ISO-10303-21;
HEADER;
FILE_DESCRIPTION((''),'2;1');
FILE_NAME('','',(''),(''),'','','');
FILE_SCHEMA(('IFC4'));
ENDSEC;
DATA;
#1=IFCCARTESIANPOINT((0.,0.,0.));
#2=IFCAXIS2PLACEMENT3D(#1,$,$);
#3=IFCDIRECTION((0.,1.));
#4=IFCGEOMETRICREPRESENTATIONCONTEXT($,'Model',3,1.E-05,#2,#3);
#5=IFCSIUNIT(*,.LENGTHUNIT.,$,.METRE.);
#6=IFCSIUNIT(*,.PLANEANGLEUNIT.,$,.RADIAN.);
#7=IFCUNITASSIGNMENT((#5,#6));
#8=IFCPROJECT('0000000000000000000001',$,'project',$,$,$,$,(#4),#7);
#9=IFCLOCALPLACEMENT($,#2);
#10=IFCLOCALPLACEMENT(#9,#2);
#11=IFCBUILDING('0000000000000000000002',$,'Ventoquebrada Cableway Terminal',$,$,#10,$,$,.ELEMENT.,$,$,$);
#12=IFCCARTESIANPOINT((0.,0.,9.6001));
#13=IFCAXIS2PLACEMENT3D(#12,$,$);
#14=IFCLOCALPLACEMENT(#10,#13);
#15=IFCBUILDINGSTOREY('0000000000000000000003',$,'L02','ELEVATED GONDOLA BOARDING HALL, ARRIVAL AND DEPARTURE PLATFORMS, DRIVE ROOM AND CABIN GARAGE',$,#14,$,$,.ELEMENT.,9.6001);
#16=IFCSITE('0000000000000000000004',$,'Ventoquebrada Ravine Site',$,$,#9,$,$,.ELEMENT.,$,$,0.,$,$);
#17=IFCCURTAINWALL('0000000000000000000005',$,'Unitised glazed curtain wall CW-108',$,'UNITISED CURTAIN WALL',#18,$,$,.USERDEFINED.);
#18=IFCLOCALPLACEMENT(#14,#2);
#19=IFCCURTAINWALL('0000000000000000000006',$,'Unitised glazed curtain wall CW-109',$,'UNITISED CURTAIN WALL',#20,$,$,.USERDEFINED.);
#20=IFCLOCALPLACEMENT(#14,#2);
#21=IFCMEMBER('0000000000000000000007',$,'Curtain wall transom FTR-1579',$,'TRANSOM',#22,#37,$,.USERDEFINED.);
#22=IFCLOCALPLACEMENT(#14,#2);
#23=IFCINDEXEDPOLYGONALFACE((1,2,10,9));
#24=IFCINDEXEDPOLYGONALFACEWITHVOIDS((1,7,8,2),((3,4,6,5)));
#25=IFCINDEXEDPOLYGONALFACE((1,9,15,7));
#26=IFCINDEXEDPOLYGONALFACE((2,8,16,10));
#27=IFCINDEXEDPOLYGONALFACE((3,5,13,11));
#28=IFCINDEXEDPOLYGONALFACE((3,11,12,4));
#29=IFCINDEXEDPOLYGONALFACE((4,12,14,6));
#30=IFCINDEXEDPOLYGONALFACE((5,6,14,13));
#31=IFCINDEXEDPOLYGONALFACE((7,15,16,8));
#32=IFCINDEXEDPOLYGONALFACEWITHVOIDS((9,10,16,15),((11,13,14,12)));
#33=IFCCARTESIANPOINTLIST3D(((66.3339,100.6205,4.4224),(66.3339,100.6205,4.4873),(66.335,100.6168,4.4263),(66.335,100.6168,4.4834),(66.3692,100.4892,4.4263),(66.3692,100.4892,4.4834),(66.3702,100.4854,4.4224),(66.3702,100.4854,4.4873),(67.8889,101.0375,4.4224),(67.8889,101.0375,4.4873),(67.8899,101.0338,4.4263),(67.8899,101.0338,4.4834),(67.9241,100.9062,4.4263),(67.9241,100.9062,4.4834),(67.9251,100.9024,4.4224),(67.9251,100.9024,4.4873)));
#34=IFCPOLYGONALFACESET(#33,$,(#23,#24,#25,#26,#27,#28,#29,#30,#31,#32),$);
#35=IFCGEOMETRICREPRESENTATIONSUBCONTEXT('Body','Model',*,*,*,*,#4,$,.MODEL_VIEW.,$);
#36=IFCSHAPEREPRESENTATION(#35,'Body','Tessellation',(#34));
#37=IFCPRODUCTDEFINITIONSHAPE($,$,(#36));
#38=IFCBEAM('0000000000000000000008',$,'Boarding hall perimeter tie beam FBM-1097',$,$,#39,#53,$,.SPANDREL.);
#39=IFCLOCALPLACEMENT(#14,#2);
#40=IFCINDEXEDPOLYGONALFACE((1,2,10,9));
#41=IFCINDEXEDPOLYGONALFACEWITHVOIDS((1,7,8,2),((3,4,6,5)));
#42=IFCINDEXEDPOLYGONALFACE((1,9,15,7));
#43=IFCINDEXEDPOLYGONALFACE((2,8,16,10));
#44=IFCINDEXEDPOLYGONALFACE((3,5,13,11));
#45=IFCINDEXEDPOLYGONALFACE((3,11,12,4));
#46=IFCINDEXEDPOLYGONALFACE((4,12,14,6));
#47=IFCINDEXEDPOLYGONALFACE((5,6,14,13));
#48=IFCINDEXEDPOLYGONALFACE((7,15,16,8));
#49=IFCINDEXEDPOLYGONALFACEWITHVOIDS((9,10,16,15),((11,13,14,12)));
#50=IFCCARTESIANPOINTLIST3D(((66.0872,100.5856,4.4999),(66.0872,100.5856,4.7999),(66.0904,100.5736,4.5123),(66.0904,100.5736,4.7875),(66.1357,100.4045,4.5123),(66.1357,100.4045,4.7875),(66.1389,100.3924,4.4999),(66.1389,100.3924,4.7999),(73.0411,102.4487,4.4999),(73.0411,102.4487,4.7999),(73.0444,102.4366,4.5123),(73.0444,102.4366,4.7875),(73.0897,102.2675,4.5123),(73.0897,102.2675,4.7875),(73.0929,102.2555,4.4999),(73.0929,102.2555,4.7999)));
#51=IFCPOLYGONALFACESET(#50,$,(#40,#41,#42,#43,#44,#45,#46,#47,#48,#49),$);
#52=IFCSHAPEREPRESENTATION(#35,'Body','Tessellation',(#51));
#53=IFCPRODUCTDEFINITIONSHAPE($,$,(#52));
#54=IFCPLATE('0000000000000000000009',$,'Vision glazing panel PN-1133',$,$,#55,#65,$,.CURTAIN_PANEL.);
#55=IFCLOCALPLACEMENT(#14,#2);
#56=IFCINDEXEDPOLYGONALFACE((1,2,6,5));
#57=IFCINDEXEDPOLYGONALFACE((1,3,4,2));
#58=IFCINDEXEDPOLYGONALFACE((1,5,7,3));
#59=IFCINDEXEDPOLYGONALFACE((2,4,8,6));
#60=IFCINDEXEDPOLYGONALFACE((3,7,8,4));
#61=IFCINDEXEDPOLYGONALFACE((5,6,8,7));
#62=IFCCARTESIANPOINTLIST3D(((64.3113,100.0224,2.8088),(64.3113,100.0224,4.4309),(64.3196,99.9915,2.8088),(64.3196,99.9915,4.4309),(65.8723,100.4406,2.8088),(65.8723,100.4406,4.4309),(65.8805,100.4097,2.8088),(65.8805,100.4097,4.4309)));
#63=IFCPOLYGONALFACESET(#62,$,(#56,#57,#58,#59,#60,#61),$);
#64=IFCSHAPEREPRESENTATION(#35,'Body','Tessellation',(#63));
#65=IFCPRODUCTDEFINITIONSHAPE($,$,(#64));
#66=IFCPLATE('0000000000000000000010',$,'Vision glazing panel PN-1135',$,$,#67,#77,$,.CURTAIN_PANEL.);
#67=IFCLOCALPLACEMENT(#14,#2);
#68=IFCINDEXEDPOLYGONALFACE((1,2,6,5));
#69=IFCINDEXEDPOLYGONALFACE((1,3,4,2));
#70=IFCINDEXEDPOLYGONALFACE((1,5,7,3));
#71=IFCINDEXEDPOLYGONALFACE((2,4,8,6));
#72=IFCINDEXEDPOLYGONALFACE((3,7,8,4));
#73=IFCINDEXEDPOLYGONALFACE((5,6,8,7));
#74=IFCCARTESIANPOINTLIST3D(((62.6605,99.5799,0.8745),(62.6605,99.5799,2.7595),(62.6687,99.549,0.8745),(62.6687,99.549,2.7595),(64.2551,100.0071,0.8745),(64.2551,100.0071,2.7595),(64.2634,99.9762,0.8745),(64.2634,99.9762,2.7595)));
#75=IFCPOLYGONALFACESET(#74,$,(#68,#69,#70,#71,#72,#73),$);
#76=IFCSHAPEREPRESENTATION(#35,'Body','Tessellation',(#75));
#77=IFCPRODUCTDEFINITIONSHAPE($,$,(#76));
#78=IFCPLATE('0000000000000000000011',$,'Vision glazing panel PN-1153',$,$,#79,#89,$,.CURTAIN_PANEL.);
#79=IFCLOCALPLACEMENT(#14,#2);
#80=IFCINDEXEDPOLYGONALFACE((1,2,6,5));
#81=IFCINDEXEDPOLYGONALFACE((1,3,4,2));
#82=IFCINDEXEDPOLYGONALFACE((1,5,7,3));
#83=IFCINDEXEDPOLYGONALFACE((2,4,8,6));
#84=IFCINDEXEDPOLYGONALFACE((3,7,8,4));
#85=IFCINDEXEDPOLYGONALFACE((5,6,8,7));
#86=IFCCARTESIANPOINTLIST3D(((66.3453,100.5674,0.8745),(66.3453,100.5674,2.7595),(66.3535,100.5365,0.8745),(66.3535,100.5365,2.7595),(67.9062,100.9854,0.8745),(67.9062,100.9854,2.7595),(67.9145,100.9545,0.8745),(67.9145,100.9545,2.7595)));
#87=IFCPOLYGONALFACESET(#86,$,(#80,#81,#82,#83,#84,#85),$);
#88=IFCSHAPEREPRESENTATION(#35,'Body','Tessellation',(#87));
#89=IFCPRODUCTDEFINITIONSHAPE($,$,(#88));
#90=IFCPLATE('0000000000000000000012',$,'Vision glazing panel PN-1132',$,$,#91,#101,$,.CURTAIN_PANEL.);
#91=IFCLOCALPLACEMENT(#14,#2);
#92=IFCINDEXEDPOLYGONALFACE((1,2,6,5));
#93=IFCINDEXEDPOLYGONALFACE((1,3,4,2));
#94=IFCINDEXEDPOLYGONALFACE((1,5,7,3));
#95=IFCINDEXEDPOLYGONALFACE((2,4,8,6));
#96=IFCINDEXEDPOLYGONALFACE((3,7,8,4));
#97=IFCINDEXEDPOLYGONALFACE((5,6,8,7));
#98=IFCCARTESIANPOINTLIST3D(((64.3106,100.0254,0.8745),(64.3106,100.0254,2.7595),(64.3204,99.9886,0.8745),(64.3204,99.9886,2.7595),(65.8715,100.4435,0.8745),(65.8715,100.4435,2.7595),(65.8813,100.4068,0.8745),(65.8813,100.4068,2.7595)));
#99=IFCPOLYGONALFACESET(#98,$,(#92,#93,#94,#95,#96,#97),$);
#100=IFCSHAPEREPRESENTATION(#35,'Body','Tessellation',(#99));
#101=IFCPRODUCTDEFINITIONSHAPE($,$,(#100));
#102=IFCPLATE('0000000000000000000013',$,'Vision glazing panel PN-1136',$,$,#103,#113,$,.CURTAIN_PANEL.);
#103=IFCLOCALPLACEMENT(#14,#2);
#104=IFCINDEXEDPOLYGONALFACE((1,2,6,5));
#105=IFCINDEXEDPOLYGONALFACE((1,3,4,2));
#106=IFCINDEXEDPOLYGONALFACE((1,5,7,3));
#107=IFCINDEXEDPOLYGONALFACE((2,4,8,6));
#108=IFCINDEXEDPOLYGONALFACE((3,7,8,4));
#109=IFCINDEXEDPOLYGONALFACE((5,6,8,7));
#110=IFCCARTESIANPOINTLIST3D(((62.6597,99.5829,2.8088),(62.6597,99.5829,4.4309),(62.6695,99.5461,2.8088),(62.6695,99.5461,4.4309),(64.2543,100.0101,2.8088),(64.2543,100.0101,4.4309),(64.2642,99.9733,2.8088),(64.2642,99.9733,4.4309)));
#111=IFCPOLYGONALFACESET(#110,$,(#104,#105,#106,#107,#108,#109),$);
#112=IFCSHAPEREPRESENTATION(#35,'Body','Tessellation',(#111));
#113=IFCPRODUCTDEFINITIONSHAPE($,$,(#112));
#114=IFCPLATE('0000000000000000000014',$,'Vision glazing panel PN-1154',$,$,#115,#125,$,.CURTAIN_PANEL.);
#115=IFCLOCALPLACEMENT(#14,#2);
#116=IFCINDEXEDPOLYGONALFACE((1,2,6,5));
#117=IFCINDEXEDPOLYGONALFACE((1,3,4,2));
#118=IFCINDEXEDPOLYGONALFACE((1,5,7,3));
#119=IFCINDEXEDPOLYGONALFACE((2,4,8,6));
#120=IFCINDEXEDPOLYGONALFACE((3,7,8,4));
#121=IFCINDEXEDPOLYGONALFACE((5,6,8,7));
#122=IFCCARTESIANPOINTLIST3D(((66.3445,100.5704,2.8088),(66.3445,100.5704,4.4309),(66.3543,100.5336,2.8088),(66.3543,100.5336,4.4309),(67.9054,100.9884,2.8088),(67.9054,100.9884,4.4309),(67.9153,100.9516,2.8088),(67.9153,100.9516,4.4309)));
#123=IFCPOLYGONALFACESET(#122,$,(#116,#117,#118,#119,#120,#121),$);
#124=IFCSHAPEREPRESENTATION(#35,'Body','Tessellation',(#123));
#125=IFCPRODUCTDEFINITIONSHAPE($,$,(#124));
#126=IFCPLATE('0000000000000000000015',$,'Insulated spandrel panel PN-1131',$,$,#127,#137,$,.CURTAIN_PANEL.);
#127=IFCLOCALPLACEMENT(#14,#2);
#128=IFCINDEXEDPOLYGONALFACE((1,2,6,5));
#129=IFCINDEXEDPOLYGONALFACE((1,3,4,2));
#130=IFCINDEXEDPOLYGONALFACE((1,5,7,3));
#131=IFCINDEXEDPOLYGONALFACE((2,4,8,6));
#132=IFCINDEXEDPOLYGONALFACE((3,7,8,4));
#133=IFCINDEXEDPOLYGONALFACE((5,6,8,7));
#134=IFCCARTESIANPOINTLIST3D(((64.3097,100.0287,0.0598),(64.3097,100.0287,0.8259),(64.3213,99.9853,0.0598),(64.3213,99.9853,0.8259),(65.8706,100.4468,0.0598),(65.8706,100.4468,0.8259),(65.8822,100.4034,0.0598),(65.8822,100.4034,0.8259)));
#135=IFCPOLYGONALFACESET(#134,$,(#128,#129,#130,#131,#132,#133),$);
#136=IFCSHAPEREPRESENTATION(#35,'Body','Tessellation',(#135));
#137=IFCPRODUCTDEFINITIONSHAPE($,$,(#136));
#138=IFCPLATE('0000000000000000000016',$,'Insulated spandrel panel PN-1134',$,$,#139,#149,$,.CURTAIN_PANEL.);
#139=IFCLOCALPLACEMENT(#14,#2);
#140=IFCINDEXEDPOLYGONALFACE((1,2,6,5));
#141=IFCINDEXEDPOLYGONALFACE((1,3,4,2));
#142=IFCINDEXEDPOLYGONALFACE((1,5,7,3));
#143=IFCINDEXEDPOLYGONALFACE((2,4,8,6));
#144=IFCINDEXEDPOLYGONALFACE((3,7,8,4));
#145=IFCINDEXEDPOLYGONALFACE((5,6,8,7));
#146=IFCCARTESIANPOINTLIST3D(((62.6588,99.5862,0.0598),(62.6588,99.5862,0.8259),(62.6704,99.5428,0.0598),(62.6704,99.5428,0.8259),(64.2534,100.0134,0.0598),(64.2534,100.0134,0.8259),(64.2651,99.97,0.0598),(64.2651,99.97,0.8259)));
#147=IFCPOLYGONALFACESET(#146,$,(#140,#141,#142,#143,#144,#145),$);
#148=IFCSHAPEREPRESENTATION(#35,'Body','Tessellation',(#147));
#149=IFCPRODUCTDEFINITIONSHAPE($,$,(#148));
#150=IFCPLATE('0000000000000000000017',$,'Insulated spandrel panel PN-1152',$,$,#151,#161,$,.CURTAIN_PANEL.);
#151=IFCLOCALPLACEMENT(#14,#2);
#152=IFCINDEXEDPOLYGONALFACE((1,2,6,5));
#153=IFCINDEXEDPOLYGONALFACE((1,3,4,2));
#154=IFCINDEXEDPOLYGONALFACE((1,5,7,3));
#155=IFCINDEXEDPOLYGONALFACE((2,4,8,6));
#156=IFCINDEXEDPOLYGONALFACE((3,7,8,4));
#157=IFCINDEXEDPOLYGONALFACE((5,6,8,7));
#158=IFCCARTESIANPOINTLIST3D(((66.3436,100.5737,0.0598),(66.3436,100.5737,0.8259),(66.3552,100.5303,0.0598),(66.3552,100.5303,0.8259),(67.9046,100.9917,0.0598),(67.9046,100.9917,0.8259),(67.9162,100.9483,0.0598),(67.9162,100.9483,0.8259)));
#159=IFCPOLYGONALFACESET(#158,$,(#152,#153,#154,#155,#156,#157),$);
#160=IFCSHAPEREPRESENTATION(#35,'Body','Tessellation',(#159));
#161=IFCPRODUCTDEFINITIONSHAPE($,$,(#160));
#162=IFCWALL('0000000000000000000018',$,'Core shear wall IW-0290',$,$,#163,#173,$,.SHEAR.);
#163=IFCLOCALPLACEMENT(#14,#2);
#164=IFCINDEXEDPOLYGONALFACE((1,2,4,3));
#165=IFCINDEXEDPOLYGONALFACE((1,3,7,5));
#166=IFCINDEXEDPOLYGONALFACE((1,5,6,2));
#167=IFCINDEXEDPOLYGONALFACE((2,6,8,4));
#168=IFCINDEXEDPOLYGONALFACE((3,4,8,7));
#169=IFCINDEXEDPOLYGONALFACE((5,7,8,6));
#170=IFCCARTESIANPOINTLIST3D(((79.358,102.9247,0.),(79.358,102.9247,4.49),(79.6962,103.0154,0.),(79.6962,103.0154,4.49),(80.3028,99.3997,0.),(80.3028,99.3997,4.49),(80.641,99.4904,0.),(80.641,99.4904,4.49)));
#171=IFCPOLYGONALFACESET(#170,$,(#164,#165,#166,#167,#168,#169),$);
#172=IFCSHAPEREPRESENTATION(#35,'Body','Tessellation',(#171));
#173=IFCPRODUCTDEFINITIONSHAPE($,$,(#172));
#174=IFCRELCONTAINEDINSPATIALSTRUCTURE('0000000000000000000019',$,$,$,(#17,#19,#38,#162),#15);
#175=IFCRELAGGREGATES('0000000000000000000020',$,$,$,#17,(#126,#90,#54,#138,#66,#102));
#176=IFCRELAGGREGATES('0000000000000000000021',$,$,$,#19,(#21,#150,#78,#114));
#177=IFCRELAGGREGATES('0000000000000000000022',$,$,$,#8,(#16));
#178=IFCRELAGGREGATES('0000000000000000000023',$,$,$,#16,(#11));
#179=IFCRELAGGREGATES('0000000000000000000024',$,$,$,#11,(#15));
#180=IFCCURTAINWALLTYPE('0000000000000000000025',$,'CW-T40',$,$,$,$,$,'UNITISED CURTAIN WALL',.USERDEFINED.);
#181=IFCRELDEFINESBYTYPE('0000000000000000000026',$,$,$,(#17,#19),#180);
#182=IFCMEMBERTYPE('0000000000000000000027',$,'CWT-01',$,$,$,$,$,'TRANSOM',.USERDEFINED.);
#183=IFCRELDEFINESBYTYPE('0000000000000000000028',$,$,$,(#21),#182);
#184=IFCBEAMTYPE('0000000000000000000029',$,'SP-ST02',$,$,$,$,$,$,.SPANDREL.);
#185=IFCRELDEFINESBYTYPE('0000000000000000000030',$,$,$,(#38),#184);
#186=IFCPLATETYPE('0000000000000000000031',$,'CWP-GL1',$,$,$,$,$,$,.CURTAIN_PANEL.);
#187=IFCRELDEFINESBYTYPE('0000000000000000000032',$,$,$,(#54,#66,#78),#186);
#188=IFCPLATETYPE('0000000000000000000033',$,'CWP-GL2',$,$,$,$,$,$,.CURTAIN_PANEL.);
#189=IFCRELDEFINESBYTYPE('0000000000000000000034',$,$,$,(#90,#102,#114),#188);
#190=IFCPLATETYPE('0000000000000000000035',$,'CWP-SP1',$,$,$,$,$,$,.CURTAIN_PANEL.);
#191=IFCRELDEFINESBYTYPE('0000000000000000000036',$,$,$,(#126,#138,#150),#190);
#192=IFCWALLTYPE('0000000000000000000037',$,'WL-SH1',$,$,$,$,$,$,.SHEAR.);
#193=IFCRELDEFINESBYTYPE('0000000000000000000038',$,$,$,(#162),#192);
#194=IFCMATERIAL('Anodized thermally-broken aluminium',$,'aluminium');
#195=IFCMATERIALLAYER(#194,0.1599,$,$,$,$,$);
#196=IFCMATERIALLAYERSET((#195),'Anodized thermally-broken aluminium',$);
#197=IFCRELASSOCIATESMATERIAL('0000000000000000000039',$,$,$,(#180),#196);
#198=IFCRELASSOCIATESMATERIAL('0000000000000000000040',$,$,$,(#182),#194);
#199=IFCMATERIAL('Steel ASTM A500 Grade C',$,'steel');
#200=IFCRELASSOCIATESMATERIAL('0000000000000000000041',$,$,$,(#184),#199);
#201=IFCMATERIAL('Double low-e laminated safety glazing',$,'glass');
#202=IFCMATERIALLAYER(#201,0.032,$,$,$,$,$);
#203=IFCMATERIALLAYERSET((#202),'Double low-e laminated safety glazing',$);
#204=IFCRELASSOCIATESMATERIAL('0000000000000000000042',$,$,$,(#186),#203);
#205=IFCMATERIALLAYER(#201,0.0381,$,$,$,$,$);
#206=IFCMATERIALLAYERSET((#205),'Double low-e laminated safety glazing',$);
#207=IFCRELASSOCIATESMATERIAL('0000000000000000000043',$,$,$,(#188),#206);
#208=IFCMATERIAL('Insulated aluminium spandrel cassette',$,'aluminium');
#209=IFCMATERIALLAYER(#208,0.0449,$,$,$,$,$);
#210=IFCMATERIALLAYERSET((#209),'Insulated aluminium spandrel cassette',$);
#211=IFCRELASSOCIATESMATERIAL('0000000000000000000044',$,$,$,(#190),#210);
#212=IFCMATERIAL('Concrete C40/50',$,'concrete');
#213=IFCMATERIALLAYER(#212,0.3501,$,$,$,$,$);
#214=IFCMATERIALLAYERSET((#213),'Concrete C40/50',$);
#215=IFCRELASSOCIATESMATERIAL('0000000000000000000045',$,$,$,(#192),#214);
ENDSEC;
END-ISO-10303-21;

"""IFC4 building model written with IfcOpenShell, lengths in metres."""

from ifc_helpers import new_model, si_unit, direction, frame, frame_2d, origin, origin_2d, place, context, subcontext, project, spatial, rectangle, hollow_rectangle, extrude, material, layer, layer_set, material_profile, profile_set, type_object, element, aggregate, save


model = new_model("IFC4")

# Units and contexts
model_context = context("Model", 3, precision=1e-05, world=origin(), true_north=direction((0.0, 1.0)))
body_context = subcontext(model_context, "Body", "Model", "MODEL_VIEW")
ifc_project = project(units=[si_unit("LENGTHUNIT", "METRE"), si_unit("PLANEANGLEUNIT", "RADIAN")], contexts=[model_context])

# Site, building, storey
site_placement = place(None, origin())
site = spatial("IfcSite", under=ifc_project, at=site_placement, Name="Ventoquebrada Ravine Site", CompositionType="ELEMENT", RefElevation=0.0)
building_placement = place(site_placement, origin())
building = spatial("IfcBuilding", under=site, at=building_placement, Name="Ventoquebrada Cableway Terminal", CompositionType="ELEMENT")
storey_placement = place(building_placement, frame((0.0, 0.0, 9.6001)))
storey = spatial("IfcBuildingStorey", under=building, at=storey_placement, Name="L02", Description="ELEVATED GONDOLA BOARDING HALL, ARRIVAL AND DEPARTURE PLATFORMS, DRIVE ROOM AND CABIN GARAGE", CompositionType="ELEMENT", Elevation=9.6001)

# Shared definitions
ifc_material_1 = material(Name="Steel ASTM A500 Grade C", Category="steel")

# Curtain walls
ifc_material_2 = material(Name="Anodized thermally-broken aluminium", Category="aluminium")
ifc_layer_1 = layer(ifc_material_2, 0.1599)
ifc_layer_set_1 = layer_set([ifc_layer_1], Name="Anodized thermally-broken aluminium")
curtain_wall_type = type_object("IfcCurtainWallType", Name="CW-T40", ElementType="UNITISED CURTAIN WALL", PredefinedType="USERDEFINED", material=ifc_layer_set_1)
curtain_wall_1_placement = place(storey_placement, origin())
curtain_wall_1 = element("IfcCurtainWall", 1, at=curtain_wall_1_placement, inside=storey, type_object=curtain_wall_type, Name="Unitised glazed curtain wall CW-108", ObjectType="UNITISED CURTAIN WALL", PredefinedType="USERDEFINED")
curtain_wall_2_placement = place(storey_placement, origin())
curtain_wall_2 = element("IfcCurtainWall", 2, at=curtain_wall_2_placement, inside=storey, type_object=curtain_wall_type, Name="Unitised glazed curtain wall CW-109", ObjectType="UNITISED CURTAIN WALL", PredefinedType="USERDEFINED")

# Member
ifc_material_profile_1 = material_profile(ifc_material_2, hollow_rectangle(XDim=0.0649, YDim=0.1399, WallThickness=0.0039, at=origin_2d()), Name="CW-TRN-65X140")
ifc_profile_set_1 = profile_set([ifc_material_profile_1], Name="Anodized thermally-broken aluminium")
member_type_1 = type_object("IfcMemberType", Name="CWT-01", ElementType="TRANSOM", PredefinedType="USERDEFINED", material=ifc_profile_set_1)
member_1_placement = place(storey_placement, frame((67.907, 100.97, 4.4548), z_axis=(-0.965872, -0.259022, 0.0), x_axis=(0.0, 0.0, 1.0)))
member_1 = element("IfcMember", 3, at=member_1_placement, type_object=member_type_1, Name="Curtain wall transom FTR-1579", ObjectType="TRANSOM", PredefinedType="USERDEFINED", context=body_context, shape_type="SweptSolid", body=[
    extrude(hollow_rectangle(XDim=0.0649, YDim=0.1399, WallThickness=0.0039, at=origin_2d()), origin(), (0.0, 0.0, 1.0), 1.6099),
])

# Beam
ifc_material_profile_2 = material_profile(ifc_material_1, hollow_rectangle(XDim=0.2, YDim=0.3, WallThickness=0.0125, at=origin_2d()), Name="RHS300X200X12.5")
ifc_profile_set_2 = profile_set([ifc_material_profile_2], Name="Steel ASTM A500 Grade C")
beam_type = type_object("IfcBeamType", Name="SP-ST02", PredefinedType="SPANDREL", material=ifc_profile_set_2)
beam_placement = place(storey_placement, frame((66.113, 100.489, 4.6499), z_axis=(0.965934, 0.258788, 0.0), x_axis=(-0.258788, 0.965934, 0.0)))
element("IfcBeam", 4, at=beam_placement, inside=storey, type_object=beam_type, Name="Boarding hall perimeter tie beam FBM-1097", PredefinedType="SPANDREL", context=body_context, shape_type="SweptSolid", body=[
    extrude(hollow_rectangle(XDim=0.2, YDim=0.3, WallThickness=0.0125, at=origin_2d()), origin(), (0.0, 0.0, 1.0), 7.1992),
])

# Plates
ifc_material_3 = material(Name="Double low-e laminated safety glazing", Category="glass")
ifc_layer_2 = layer(ifc_material_3, 0.032)
ifc_layer_set_2 = layer_set([ifc_layer_2], Name="Double low-e laminated safety glazing")
plate_type_1 = type_object("IfcPlateType", Name="CWP-GL1", PredefinedType="CURTAIN_PANEL", material=ifc_layer_set_2)
plate_1_placement = place(storey_placement, frame((65.0959, 100.2161, 2.8088), z_axis=(0.0, 0.0, 1.0), x_axis=(-0.965939, -0.258768, 0.0)))
plate_1 = element("IfcPlate", 5, at=plate_1_placement, type_object=plate_type_1, Name="Vision glazing panel PN-1133", PredefinedType="CURTAIN_PANEL", context=body_context, shape_type="SweptSolid", body=[
    extrude(rectangle(XDim=1.616, YDim=0.032, at=origin_2d()), origin(), (0.0, 0.0, 1.0), 1.6221),
])
plate_2_placement = place(storey_placement, frame((63.4619, 99.7781, 0.8745), z_axis=(0.0, 0.0, 1.0), x_axis=(-0.965939, -0.258768, 0.0)))
plate_2 = element("IfcPlate", 6, at=plate_2_placement, type_object=plate_type_1, Name="Vision glazing panel PN-1135", PredefinedType="CURTAIN_PANEL", context=body_context, shape_type="SweptSolid", body=[
    extrude(rectangle(XDim=1.6509, YDim=0.032, at=origin_2d()), origin(), (0.0, 0.0, 1.0), 1.885),
])
plate_3_placement = place(storey_placement, frame((67.1299, 100.761, 0.8745), z_axis=(0.0, 0.0, 1.0), x_axis=(-0.965966, -0.258667, 0.0)))
plate_3 = element("IfcPlate", 7, at=plate_3_placement, type_object=plate_type_1, Name="Vision glazing panel PN-1153", PredefinedType="CURTAIN_PANEL", context=body_context, shape_type="SweptSolid", body=[
    extrude(rectangle(XDim=1.616, YDim=0.032, at=origin_2d()), origin(), (0.0, 0.0, 1.0), 1.885),
])
ifc_layer_3 = layer(ifc_material_3, 0.0381)
ifc_layer_set_3 = layer_set([ifc_layer_3], Name="Double low-e laminated safety glazing")
plate_type_2 = type_object("IfcPlateType", Name="CWP-GL2", PredefinedType="CURTAIN_PANEL", material=ifc_layer_set_3)
plate_4_placement = place(storey_placement, frame((65.0959, 100.2161, 0.8745), z_axis=(0.0, 0.0, 1.0), x_axis=(-0.965939, -0.258768, 0.0)))
plate_4 = element("IfcPlate", 8, at=plate_4_placement, type_object=plate_type_2, Name="Vision glazing panel PN-1132", PredefinedType="CURTAIN_PANEL", context=body_context, shape_type="SweptSolid", body=[
    extrude(rectangle(XDim=1.616, YDim=0.0381, at=origin_2d()), origin(), (0.0, 0.0, 1.0), 1.885),
])
plate_5_placement = place(storey_placement, frame((63.4619, 99.7781, 2.8088), z_axis=(0.0, 0.0, 1.0), x_axis=(-0.965939, -0.258768, 0.0)))
plate_5 = element("IfcPlate", 9, at=plate_5_placement, type_object=plate_type_2, Name="Vision glazing panel PN-1136", PredefinedType="CURTAIN_PANEL", context=body_context, shape_type="SweptSolid", body=[
    extrude(rectangle(XDim=1.6509, YDim=0.0381, at=origin_2d()), origin(), (0.0, 0.0, 1.0), 1.6221),
])
plate_6_placement = place(storey_placement, frame((67.1299, 100.761, 2.8088), z_axis=(0.0, 0.0, 1.0), x_axis=(-0.965966, -0.258667, 0.0)))
plate_6 = element("IfcPlate", 10, at=plate_6_placement, type_object=plate_type_2, Name="Vision glazing panel PN-1154", PredefinedType="CURTAIN_PANEL", context=body_context, shape_type="SweptSolid", body=[
    extrude(rectangle(XDim=1.616, YDim=0.0381, at=origin_2d()), origin(), (0.0, 0.0, 1.0), 1.6221),
])
ifc_material_4 = material(Name="Insulated aluminium spandrel cassette", Category="aluminium")
ifc_layer_4 = layer(ifc_material_4, 0.0449)
ifc_layer_set_4 = layer_set([ifc_layer_4], Name="Insulated aluminium spandrel cassette")
plate_type_3 = type_object("IfcPlateType", Name="CWP-SP1", PredefinedType="CURTAIN_PANEL", material=ifc_layer_set_4)
plate_7_placement = place(storey_placement, frame((65.0959, 100.2161, 0.0598), z_axis=(0.0, 0.0, 1.0), x_axis=(-0.965939, -0.258768, 0.0)))
plate_7 = element("IfcPlate", 11, at=plate_7_placement, type_object=plate_type_3, Name="Insulated spandrel panel PN-1131", PredefinedType="CURTAIN_PANEL", context=body_context, shape_type="SweptSolid", body=[
    extrude(rectangle(XDim=1.616, YDim=0.0449, at=origin_2d()), origin(), (0.0, 0.0, 1.0), 0.7661),
])
plate_8_placement = place(storey_placement, frame((63.4619, 99.7781, 0.0598), z_axis=(0.0, 0.0, 1.0), x_axis=(-0.965939, -0.258768, 0.0)))
plate_8 = element("IfcPlate", 12, at=plate_8_placement, type_object=plate_type_3, Name="Insulated spandrel panel PN-1134", PredefinedType="CURTAIN_PANEL", context=body_context, shape_type="SweptSolid", body=[
    extrude(rectangle(XDim=1.6509, YDim=0.0449, at=origin_2d()), origin(), (0.0, 0.0, 1.0), 0.7661),
])
aggregate(curtain_wall_1, [plate_7, plate_4, plate_1, plate_8, plate_2, plate_5])
plate_9_placement = place(storey_placement, frame((67.1299, 100.761, 0.0598), z_axis=(0.0, 0.0, 1.0), x_axis=(-0.965966, -0.258667, 0.0)))
plate_9 = element("IfcPlate", 13, at=plate_9_placement, type_object=plate_type_3, Name="Insulated spandrel panel PN-1152", PredefinedType="CURTAIN_PANEL", context=body_context, shape_type="SweptSolid", body=[
    extrude(rectangle(XDim=1.616, YDim=0.0449, at=origin_2d()), origin(), (0.0, 0.0, 1.0), 0.7661),
])
aggregate(curtain_wall_2, [member_1, plate_9, plate_3, plate_6])

# Wall
ifc_material_5 = material(Name="Concrete C40/50", Category="concrete")
ifc_layer_5 = layer(ifc_material_5, 0.3501)
ifc_layer_set_5 = layer_set([ifc_layer_5], Name="Concrete C40/50")
wall_type = type_object("IfcWallType", Name="WL-SH1", PredefinedType="SHEAR", material=ifc_layer_set_5)
wall_1_placement = place(storey_placement, frame((80.4719, 99.4451, 0.0), z_axis=(0.0, 0.0, 1.0), x_axis=(-0.258903, 0.965903, 0.0)))
element("IfcWall", 14, at=wall_1_placement, inside=storey, type_object=wall_type, Name="Core shear wall IW-0290", PredefinedType="SHEAR", context=body_context, shape_type="SweptSolid", body=[
    extrude(rectangle(XDim=3.6494, YDim=0.3501, at=frame_2d((1.8247, 0.0))), origin(), (0.0, 0.0, 1.0), 4.49),
])

save(model, "model.ifc")
